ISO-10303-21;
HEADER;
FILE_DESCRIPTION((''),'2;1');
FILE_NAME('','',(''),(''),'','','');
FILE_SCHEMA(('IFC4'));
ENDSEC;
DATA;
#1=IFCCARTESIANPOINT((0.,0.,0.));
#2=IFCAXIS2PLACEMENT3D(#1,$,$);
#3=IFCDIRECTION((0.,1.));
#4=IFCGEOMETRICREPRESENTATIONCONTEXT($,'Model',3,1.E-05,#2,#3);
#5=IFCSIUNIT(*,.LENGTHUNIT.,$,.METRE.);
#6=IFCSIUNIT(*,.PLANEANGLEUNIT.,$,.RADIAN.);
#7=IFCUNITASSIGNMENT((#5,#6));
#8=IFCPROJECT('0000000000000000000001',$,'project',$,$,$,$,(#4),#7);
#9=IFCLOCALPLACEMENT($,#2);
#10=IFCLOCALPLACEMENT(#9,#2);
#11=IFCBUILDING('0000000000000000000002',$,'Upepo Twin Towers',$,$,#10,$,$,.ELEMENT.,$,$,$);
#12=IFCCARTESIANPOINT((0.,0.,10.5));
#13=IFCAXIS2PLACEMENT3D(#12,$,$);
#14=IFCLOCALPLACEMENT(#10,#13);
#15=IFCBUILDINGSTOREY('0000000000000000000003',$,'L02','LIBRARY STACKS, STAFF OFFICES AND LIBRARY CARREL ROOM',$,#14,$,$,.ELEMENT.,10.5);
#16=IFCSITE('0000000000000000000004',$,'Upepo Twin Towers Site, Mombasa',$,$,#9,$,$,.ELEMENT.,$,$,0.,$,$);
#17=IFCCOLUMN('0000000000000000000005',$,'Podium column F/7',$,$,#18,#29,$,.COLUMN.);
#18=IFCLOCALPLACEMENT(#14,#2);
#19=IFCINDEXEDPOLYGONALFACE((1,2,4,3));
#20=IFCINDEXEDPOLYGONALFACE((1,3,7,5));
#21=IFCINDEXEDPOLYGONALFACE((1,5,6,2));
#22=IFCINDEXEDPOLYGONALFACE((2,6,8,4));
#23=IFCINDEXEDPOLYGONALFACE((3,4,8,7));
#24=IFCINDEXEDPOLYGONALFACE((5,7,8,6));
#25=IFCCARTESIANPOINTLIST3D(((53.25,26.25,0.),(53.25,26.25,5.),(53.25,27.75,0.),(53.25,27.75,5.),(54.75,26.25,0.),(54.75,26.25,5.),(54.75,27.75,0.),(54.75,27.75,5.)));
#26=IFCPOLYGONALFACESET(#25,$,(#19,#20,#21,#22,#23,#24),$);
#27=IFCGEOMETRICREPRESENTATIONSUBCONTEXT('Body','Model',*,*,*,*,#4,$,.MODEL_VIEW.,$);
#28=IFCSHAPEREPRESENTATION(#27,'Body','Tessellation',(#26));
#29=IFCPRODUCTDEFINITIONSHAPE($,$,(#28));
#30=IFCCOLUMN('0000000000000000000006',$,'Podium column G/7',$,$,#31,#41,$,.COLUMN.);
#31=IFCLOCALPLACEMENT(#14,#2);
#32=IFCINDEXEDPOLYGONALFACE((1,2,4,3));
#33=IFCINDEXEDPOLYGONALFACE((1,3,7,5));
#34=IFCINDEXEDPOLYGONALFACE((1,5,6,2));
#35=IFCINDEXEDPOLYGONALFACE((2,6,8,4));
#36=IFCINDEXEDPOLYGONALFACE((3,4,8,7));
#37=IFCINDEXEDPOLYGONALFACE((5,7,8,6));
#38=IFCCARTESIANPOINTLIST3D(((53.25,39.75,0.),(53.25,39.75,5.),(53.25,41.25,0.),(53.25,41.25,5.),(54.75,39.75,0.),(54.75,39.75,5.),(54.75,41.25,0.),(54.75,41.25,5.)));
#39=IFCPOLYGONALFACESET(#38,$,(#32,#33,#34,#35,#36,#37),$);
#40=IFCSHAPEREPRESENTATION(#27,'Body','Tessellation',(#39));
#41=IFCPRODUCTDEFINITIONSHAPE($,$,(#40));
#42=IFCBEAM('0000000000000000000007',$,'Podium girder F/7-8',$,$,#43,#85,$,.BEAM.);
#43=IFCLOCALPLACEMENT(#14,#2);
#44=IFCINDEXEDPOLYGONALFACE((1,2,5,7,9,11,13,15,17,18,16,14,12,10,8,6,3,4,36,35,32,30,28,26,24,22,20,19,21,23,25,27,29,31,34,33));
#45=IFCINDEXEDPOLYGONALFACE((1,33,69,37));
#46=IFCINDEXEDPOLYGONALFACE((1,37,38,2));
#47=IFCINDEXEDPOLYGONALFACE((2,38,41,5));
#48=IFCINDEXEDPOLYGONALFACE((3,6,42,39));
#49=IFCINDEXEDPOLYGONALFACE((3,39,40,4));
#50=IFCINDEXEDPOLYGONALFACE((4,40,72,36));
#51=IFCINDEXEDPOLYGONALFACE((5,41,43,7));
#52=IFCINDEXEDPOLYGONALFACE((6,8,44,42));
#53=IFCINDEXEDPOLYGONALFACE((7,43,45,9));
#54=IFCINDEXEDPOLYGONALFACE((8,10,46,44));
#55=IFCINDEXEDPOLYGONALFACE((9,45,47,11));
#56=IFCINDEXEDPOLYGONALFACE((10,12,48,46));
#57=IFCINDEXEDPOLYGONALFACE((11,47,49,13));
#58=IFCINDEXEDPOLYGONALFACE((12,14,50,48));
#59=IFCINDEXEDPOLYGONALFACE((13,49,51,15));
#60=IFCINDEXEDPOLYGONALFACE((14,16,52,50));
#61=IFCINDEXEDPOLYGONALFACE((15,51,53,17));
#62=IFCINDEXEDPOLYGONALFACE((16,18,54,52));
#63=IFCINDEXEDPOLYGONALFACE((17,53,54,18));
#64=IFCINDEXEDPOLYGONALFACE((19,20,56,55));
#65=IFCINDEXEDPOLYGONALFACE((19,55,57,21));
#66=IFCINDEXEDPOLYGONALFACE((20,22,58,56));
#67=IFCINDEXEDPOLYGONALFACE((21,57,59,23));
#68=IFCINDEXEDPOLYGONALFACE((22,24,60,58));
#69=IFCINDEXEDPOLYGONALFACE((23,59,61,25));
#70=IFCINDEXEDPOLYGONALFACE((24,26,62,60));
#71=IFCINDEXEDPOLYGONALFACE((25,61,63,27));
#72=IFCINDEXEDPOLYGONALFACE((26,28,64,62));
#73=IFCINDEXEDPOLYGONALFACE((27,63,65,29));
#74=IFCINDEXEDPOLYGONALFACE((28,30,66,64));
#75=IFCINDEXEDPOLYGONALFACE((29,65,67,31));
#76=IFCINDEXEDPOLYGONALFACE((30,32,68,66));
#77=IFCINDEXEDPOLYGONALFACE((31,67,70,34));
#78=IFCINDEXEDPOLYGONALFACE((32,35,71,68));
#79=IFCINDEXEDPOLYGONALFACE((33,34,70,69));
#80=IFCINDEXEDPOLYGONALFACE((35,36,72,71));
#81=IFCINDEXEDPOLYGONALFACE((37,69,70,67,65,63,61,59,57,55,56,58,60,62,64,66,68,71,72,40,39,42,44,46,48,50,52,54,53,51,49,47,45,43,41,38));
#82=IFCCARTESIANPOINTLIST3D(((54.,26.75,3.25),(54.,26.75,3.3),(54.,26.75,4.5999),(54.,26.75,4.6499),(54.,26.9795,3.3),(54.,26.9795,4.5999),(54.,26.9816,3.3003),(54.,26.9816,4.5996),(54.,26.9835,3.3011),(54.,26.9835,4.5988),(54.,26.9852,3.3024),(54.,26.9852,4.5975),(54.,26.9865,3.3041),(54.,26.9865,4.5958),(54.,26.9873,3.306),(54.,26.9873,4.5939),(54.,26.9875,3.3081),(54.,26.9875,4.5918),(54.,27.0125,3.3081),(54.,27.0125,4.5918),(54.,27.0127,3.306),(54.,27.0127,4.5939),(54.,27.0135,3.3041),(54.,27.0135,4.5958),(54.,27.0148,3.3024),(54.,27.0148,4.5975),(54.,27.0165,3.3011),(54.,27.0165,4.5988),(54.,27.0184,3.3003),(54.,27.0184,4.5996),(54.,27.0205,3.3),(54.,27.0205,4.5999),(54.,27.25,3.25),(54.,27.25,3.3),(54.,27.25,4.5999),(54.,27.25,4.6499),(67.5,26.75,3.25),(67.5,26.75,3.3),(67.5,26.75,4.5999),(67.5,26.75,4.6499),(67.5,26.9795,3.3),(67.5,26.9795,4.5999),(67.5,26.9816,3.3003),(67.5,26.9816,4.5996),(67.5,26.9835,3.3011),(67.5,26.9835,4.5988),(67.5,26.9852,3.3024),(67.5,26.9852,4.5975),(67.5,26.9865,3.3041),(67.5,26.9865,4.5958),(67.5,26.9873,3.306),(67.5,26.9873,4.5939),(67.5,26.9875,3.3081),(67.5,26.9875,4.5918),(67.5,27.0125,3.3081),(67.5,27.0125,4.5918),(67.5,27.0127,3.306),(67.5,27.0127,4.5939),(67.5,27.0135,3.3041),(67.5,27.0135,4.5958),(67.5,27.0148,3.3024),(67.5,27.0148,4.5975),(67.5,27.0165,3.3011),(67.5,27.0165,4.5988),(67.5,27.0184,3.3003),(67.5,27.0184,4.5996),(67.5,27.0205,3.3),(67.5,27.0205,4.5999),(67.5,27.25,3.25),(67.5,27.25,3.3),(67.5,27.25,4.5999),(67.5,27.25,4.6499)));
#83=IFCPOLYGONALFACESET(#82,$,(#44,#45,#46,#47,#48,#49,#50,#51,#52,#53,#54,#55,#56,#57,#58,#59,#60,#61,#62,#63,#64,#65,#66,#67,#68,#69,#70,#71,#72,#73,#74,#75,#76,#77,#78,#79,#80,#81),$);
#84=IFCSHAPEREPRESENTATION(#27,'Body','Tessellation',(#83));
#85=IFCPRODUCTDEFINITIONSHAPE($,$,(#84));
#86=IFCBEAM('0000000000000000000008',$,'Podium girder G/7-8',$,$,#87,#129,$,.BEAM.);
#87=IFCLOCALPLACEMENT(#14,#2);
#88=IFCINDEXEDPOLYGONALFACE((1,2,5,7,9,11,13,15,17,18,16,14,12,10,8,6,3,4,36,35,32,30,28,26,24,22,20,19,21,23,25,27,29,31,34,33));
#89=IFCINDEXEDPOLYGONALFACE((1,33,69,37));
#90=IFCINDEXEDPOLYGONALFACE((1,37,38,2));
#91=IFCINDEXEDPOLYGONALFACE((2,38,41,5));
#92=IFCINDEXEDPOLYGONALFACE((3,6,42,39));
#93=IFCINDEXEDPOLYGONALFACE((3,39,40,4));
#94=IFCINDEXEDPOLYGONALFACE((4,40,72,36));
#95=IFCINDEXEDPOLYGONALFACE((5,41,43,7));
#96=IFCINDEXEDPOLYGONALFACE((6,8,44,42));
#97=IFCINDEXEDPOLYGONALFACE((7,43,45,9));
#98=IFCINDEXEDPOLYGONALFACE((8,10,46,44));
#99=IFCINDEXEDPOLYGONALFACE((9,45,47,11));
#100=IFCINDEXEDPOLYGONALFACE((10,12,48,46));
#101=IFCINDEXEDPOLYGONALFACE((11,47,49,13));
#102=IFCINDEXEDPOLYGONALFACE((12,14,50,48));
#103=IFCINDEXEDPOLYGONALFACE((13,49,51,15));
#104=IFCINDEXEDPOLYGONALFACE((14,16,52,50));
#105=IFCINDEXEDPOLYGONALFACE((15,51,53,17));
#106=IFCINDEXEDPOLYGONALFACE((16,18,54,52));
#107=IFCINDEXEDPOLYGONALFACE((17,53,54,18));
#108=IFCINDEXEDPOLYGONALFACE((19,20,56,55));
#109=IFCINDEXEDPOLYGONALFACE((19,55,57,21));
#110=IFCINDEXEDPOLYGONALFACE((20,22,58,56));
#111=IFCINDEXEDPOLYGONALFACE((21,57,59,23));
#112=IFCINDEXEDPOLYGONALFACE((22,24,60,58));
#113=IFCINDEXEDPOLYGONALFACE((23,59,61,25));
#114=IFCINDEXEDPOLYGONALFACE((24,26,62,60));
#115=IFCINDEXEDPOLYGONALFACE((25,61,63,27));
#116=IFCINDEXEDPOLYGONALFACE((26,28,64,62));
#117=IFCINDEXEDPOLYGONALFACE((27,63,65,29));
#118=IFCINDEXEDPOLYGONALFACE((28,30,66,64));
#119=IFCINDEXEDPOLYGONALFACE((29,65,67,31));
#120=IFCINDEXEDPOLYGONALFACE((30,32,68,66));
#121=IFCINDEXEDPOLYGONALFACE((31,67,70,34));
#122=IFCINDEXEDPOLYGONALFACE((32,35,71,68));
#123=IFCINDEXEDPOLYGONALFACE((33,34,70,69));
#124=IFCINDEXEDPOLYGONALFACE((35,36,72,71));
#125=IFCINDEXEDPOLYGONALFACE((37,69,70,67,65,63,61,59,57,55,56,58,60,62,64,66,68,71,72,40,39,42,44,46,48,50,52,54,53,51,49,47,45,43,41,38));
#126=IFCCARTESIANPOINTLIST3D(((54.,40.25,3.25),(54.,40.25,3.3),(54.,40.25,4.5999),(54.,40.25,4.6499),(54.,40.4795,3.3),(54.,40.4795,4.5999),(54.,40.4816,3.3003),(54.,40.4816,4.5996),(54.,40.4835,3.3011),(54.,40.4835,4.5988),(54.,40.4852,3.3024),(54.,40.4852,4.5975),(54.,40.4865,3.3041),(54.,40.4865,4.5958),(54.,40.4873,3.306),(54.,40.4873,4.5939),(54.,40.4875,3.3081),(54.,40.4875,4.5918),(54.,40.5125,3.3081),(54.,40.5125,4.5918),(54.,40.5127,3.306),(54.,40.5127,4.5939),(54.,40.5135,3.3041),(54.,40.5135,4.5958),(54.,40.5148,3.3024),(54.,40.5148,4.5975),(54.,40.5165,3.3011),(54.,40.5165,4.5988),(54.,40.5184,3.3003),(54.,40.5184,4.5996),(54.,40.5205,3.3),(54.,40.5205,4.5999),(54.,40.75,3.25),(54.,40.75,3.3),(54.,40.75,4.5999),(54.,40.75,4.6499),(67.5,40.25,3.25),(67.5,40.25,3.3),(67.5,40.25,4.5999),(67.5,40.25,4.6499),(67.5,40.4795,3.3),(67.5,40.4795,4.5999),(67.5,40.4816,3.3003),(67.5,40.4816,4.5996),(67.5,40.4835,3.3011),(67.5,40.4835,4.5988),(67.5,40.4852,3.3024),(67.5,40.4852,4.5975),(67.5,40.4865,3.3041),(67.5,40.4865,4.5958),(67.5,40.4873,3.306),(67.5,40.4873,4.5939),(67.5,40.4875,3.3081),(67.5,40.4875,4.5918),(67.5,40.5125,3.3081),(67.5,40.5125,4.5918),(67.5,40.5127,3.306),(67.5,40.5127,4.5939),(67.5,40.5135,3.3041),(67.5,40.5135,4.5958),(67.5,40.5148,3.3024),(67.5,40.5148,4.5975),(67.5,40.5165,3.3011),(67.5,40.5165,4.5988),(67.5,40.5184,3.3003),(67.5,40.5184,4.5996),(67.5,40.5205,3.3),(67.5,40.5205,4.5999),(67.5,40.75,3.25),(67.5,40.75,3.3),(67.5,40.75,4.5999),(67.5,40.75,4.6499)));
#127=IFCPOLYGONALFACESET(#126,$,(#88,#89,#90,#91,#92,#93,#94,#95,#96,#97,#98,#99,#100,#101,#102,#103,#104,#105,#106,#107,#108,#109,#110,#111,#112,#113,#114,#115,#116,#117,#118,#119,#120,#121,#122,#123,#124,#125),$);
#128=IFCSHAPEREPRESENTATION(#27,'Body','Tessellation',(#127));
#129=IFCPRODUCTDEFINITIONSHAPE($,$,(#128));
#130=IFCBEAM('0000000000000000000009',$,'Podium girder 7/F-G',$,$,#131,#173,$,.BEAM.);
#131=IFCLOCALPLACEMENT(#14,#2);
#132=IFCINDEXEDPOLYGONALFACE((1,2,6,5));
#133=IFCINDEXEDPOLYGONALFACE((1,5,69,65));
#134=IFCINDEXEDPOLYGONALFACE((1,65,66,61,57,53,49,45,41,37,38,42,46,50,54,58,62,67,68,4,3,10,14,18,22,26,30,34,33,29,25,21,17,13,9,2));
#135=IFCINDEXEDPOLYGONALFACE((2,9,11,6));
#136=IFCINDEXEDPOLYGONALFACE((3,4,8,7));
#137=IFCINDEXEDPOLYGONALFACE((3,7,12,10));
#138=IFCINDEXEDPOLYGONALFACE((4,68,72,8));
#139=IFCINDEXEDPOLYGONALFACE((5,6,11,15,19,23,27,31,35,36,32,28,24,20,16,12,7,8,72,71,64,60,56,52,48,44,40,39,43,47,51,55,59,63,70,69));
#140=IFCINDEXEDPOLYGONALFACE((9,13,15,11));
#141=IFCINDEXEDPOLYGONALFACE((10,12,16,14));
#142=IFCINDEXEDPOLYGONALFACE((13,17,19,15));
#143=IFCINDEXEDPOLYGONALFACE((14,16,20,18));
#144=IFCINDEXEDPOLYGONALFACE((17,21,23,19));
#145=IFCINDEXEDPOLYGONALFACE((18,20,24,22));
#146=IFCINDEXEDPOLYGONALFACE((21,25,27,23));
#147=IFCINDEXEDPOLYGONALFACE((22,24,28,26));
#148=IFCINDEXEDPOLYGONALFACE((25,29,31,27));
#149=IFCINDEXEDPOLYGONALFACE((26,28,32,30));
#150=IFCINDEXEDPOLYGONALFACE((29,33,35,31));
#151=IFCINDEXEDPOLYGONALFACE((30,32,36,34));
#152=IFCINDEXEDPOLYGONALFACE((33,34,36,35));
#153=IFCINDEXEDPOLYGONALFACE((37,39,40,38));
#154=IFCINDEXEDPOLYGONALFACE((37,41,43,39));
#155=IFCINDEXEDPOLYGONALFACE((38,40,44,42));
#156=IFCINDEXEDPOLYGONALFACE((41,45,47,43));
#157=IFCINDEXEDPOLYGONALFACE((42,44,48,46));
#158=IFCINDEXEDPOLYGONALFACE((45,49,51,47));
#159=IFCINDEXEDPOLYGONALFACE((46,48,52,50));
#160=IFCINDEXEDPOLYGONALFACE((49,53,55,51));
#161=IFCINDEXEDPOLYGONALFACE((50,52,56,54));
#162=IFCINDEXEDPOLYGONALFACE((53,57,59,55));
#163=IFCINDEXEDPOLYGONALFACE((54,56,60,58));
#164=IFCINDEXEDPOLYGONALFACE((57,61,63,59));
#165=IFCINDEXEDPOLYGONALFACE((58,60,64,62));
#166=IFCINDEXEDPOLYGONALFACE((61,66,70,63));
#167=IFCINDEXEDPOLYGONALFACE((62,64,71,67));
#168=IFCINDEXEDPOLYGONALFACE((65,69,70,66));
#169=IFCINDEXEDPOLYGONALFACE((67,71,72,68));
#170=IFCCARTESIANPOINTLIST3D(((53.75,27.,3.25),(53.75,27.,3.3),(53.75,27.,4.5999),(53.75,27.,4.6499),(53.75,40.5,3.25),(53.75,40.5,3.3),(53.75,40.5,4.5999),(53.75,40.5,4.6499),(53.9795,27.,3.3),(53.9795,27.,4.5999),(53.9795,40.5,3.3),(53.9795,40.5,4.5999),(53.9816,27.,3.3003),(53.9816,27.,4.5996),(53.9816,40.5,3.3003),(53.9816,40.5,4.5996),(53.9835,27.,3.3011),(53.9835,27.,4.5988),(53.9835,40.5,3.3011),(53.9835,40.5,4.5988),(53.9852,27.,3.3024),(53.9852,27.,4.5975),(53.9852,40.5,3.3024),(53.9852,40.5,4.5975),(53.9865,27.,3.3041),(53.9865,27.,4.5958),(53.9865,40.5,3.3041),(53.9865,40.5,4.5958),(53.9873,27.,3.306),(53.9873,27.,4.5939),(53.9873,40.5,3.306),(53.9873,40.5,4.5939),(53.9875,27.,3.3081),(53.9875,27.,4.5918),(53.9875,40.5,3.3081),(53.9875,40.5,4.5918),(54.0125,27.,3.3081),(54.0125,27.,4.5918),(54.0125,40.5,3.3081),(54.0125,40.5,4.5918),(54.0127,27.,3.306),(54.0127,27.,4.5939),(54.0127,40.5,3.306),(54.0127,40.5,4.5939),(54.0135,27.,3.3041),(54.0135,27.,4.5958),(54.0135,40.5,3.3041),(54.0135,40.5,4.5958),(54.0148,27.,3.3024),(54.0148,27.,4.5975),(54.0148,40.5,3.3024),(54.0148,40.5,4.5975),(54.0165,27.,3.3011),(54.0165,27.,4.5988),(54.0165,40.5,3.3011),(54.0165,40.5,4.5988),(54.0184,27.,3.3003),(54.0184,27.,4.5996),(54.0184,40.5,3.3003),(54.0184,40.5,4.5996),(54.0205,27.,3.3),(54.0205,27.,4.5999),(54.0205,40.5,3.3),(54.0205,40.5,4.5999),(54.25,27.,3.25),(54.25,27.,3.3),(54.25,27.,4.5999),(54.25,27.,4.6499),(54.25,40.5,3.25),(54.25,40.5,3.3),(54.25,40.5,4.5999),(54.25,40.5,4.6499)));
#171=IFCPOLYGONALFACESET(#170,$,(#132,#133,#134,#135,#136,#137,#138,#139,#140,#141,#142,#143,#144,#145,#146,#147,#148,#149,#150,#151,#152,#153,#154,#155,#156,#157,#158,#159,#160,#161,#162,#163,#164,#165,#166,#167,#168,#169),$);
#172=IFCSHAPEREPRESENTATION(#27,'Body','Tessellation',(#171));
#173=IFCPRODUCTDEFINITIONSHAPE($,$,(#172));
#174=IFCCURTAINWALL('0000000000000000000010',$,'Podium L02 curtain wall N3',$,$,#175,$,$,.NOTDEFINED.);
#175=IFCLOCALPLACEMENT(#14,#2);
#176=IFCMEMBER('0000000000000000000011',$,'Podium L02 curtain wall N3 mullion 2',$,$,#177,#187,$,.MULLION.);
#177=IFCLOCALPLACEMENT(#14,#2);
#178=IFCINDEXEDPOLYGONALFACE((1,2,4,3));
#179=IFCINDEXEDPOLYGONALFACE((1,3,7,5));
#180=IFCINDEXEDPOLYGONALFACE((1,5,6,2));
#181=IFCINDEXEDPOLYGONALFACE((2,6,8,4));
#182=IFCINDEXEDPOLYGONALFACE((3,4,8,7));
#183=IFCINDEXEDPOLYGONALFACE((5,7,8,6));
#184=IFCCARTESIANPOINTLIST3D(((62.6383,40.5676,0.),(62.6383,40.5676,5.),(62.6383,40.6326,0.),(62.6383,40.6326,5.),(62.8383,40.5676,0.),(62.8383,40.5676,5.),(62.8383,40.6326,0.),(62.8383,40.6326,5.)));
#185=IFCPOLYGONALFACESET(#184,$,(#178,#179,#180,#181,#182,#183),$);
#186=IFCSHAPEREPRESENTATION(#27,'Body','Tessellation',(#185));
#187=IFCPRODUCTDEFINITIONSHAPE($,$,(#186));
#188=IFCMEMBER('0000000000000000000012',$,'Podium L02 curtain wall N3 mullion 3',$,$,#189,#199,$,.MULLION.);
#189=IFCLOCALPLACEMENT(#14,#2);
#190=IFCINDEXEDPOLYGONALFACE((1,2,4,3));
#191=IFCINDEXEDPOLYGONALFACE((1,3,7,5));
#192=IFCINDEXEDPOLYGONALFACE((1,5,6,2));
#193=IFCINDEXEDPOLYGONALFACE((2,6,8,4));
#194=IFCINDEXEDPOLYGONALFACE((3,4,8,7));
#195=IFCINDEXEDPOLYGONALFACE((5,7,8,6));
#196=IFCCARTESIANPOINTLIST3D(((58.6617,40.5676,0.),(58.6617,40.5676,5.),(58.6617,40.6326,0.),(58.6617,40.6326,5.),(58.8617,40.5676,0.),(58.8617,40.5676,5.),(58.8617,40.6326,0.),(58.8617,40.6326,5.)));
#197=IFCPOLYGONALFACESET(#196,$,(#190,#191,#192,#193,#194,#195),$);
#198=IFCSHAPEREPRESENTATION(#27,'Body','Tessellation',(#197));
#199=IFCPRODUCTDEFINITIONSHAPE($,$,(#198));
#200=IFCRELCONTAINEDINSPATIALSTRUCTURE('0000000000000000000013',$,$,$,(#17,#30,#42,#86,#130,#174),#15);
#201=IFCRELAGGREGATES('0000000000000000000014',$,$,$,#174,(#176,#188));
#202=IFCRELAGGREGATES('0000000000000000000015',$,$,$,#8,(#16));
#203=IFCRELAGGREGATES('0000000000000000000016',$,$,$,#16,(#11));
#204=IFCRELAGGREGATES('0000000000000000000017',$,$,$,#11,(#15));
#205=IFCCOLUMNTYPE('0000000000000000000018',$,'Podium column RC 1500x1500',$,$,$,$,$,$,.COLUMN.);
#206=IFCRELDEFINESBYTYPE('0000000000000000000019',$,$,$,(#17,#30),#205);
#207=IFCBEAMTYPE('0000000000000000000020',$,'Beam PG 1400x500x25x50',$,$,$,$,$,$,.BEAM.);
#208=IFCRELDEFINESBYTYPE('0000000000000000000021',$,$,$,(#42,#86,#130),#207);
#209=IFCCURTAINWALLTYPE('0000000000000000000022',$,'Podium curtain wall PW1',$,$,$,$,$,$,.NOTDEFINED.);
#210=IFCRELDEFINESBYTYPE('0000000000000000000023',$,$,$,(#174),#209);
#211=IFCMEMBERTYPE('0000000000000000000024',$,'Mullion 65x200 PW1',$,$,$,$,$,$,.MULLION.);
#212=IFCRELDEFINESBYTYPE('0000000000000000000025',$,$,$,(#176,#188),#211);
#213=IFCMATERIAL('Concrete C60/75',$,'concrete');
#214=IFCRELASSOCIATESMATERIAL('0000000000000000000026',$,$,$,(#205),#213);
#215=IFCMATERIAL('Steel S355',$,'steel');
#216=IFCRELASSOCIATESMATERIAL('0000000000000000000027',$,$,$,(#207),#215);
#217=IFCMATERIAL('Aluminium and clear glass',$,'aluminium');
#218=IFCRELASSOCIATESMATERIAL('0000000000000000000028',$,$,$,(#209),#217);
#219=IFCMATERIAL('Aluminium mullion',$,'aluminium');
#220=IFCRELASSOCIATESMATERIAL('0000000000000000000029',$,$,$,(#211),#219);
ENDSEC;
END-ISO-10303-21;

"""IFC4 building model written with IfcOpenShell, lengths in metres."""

from ifc_helpers import new_model, si_unit, direction, frame, origin, origin_2d, place, context, subcontext, project, spatial, rectangle, i_section, extrude, material, material_profile, profile_set, type_object, element, aggregate, save


model = new_model("IFC4")

# Units and contexts
model_context = context("Model", 3, precision=1e-05, world=origin(), true_north=direction((0.0, 1.0)))
body_context = subcontext(model_context, "Body", "Model", "MODEL_VIEW")
ifc_project = project(units=[si_unit("LENGTHUNIT", "METRE"), si_unit("PLANEANGLEUNIT", "RADIAN")], contexts=[model_context])

# Site, building, storey
site_placement = place(None, origin())
site = spatial("IfcSite", under=ifc_project, at=site_placement, Name="Upepo Twin Towers Site, Mombasa", CompositionType="ELEMENT", RefElevation=0.0)
building_placement = place(site_placement, origin())
building = spatial("IfcBuilding", under=site, at=building_placement, Name="Upepo Twin Towers", CompositionType="ELEMENT")
storey_placement = place(building_placement, frame((0.0, 0.0, 10.5)))
storey = spatial("IfcBuildingStorey", under=building, at=storey_placement, Name="L02", Description="LIBRARY STACKS, STAFF OFFICES AND LIBRARY CARREL ROOM", CompositionType="ELEMENT", Elevation=10.5)

# Columns
ifc_material_1 = material(Name="Concrete C60/75", Category="concrete")
ifc_material_profile_1 = material_profile(ifc_material_1, rectangle(XDim=1.5, YDim=1.5, at=origin_2d()), Name="RC 1500x1500")
ifc_profile_set_1 = profile_set([ifc_material_profile_1], Name="Concrete C60/75")
column_type = type_object("IfcColumnType", Name="Podium column RC 1500x1500", PredefinedType="COLUMN", material=ifc_profile_set_1)
for number, where, z_axis, x_axis, name in (
    (1, (54.0, 27.0, 0.0), (0.0, 0.0, 1.0), (1.0, 0.0, 0.0), "Podium column F/7"),
    (2, (54.0, 40.5, 0.0), (0.0, 0.0, 1.0), (1.0, 0.0, 0.0), "Podium column G/7"),
):
    element("IfcColumn", number, at=place(storey_placement, frame(where, z_axis=z_axis, x_axis=x_axis)), inside=storey, type_object=column_type, Name=name, PredefinedType="COLUMN", context=body_context, shape_type="SweptSolid", body=[
        extrude(rectangle(XDim=1.5, YDim=1.5, at=origin_2d()), origin(), (0.0, 0.0, 1.0), 5.0),
    ])

# Beams
ifc_material_2 = material(Name="Steel S355", Category="steel")
ifc_material_profile_2 = material_profile(ifc_material_2, i_section(OverallWidth=0.5, OverallDepth=1.3999, WebThickness=0.0249, FlangeThickness=0.05, FilletRadius=0.0081, at=origin_2d()), Name="PG 1400x500x25x50")
ifc_profile_set_2 = profile_set([ifc_material_profile_2], Name="Steel S355")
beam_type_1 = type_object("IfcBeamType", Name="Beam PG 1400x500x25x50", PredefinedType="BEAM", material=ifc_profile_set_2)
for number, where, z_axis, x_axis, name in (
    (3, (54.0, 27.0, 3.95), (1.0, 0.0, 0.0), (0.0, 1.0, 0.0), "Podium girder F/7-8"),
    (4, (54.0, 40.5, 3.95), (1.0, 0.0, 0.0), (0.0, 1.0, 0.0), "Podium girder G/7-8"),
    (5, (54.0, 27.0, 3.95), (0.0, 1.0, 0.0), (-1.0, 0.0, 0.0), "Podium girder 7/F-G"),
):
    element("IfcBeam", number, at=place(storey_placement, frame(where, z_axis=z_axis, x_axis=x_axis)), inside=storey, type_object=beam_type_1, Name=name, PredefinedType="BEAM", context=body_context, shape_type="SweptSolid", body=[
        extrude(i_section(OverallWidth=0.5, OverallDepth=1.3999, WebThickness=0.0249, FlangeThickness=0.05, FilletRadius=0.0081, at=origin_2d()), origin(), (0.0, 0.0, 1.0), 13.5),
    ])

# Curtain wall, members
ifc_material_3 = material(Name="Aluminium and clear glass", Category="aluminium")
curtain_wall_type = type_object("IfcCurtainWallType", Name="Podium curtain wall PW1", PredefinedType="NOTDEFINED", material=ifc_material_3)
curtain_wall_1_placement = place(storey_placement, origin())
curtain_wall_1 = element("IfcCurtainWall", 6, at=curtain_wall_1_placement, inside=storey, type_object=curtain_wall_type, Name="Podium L02 curtain wall N3", PredefinedType="NOTDEFINED")
ifc_material_4 = material(Name="Aluminium mullion", Category="aluminium")
ifc_material_profile_3 = material_profile(ifc_material_4, rectangle(XDim=0.0649, YDim=0.2, at=origin_2d()), Name="MULLION 65x200 PODIUM")
ifc_profile_set_3 = profile_set([ifc_material_profile_3], Name="Aluminium mullion")
member_type_1 = type_object("IfcMemberType", Name="Mullion 65x200 PW1", PredefinedType="MULLION", material=ifc_profile_set_3)
member_1_placement = place(storey_placement, frame((62.7383, 40.6001, 0.0), z_axis=(0.0, 0.0, 1.0), x_axis=(0.0, -1.0, 0.0)))
member_1 = element("IfcMember", 7, at=member_1_placement, type_object=member_type_1, Name="Podium L02 curtain wall N3 mullion 2", PredefinedType="MULLION", context=body_context, shape_type="SweptSolid", body=[
    extrude(rectangle(XDim=0.0649, YDim=0.2, at=origin_2d()), origin(), (0.0, 0.0, 1.0), 5.0),
])
member_2_placement = place(storey_placement, frame((58.7617, 40.6001, 0.0), z_axis=(0.0, 0.0, 1.0), x_axis=(0.0, -1.0, 0.0)))
member_2 = element("IfcMember", 8, at=member_2_placement, type_object=member_type_1, Name="Podium L02 curtain wall N3 mullion 3", PredefinedType="MULLION", context=body_context, shape_type="SweptSolid", body=[
    extrude(rectangle(XDim=0.0649, YDim=0.2, at=origin_2d()), origin(), (0.0, 0.0, 1.0), 5.0),
])

aggregate(curtain_wall_1, [member_1, member_2])

save(model, "model.ifc")
